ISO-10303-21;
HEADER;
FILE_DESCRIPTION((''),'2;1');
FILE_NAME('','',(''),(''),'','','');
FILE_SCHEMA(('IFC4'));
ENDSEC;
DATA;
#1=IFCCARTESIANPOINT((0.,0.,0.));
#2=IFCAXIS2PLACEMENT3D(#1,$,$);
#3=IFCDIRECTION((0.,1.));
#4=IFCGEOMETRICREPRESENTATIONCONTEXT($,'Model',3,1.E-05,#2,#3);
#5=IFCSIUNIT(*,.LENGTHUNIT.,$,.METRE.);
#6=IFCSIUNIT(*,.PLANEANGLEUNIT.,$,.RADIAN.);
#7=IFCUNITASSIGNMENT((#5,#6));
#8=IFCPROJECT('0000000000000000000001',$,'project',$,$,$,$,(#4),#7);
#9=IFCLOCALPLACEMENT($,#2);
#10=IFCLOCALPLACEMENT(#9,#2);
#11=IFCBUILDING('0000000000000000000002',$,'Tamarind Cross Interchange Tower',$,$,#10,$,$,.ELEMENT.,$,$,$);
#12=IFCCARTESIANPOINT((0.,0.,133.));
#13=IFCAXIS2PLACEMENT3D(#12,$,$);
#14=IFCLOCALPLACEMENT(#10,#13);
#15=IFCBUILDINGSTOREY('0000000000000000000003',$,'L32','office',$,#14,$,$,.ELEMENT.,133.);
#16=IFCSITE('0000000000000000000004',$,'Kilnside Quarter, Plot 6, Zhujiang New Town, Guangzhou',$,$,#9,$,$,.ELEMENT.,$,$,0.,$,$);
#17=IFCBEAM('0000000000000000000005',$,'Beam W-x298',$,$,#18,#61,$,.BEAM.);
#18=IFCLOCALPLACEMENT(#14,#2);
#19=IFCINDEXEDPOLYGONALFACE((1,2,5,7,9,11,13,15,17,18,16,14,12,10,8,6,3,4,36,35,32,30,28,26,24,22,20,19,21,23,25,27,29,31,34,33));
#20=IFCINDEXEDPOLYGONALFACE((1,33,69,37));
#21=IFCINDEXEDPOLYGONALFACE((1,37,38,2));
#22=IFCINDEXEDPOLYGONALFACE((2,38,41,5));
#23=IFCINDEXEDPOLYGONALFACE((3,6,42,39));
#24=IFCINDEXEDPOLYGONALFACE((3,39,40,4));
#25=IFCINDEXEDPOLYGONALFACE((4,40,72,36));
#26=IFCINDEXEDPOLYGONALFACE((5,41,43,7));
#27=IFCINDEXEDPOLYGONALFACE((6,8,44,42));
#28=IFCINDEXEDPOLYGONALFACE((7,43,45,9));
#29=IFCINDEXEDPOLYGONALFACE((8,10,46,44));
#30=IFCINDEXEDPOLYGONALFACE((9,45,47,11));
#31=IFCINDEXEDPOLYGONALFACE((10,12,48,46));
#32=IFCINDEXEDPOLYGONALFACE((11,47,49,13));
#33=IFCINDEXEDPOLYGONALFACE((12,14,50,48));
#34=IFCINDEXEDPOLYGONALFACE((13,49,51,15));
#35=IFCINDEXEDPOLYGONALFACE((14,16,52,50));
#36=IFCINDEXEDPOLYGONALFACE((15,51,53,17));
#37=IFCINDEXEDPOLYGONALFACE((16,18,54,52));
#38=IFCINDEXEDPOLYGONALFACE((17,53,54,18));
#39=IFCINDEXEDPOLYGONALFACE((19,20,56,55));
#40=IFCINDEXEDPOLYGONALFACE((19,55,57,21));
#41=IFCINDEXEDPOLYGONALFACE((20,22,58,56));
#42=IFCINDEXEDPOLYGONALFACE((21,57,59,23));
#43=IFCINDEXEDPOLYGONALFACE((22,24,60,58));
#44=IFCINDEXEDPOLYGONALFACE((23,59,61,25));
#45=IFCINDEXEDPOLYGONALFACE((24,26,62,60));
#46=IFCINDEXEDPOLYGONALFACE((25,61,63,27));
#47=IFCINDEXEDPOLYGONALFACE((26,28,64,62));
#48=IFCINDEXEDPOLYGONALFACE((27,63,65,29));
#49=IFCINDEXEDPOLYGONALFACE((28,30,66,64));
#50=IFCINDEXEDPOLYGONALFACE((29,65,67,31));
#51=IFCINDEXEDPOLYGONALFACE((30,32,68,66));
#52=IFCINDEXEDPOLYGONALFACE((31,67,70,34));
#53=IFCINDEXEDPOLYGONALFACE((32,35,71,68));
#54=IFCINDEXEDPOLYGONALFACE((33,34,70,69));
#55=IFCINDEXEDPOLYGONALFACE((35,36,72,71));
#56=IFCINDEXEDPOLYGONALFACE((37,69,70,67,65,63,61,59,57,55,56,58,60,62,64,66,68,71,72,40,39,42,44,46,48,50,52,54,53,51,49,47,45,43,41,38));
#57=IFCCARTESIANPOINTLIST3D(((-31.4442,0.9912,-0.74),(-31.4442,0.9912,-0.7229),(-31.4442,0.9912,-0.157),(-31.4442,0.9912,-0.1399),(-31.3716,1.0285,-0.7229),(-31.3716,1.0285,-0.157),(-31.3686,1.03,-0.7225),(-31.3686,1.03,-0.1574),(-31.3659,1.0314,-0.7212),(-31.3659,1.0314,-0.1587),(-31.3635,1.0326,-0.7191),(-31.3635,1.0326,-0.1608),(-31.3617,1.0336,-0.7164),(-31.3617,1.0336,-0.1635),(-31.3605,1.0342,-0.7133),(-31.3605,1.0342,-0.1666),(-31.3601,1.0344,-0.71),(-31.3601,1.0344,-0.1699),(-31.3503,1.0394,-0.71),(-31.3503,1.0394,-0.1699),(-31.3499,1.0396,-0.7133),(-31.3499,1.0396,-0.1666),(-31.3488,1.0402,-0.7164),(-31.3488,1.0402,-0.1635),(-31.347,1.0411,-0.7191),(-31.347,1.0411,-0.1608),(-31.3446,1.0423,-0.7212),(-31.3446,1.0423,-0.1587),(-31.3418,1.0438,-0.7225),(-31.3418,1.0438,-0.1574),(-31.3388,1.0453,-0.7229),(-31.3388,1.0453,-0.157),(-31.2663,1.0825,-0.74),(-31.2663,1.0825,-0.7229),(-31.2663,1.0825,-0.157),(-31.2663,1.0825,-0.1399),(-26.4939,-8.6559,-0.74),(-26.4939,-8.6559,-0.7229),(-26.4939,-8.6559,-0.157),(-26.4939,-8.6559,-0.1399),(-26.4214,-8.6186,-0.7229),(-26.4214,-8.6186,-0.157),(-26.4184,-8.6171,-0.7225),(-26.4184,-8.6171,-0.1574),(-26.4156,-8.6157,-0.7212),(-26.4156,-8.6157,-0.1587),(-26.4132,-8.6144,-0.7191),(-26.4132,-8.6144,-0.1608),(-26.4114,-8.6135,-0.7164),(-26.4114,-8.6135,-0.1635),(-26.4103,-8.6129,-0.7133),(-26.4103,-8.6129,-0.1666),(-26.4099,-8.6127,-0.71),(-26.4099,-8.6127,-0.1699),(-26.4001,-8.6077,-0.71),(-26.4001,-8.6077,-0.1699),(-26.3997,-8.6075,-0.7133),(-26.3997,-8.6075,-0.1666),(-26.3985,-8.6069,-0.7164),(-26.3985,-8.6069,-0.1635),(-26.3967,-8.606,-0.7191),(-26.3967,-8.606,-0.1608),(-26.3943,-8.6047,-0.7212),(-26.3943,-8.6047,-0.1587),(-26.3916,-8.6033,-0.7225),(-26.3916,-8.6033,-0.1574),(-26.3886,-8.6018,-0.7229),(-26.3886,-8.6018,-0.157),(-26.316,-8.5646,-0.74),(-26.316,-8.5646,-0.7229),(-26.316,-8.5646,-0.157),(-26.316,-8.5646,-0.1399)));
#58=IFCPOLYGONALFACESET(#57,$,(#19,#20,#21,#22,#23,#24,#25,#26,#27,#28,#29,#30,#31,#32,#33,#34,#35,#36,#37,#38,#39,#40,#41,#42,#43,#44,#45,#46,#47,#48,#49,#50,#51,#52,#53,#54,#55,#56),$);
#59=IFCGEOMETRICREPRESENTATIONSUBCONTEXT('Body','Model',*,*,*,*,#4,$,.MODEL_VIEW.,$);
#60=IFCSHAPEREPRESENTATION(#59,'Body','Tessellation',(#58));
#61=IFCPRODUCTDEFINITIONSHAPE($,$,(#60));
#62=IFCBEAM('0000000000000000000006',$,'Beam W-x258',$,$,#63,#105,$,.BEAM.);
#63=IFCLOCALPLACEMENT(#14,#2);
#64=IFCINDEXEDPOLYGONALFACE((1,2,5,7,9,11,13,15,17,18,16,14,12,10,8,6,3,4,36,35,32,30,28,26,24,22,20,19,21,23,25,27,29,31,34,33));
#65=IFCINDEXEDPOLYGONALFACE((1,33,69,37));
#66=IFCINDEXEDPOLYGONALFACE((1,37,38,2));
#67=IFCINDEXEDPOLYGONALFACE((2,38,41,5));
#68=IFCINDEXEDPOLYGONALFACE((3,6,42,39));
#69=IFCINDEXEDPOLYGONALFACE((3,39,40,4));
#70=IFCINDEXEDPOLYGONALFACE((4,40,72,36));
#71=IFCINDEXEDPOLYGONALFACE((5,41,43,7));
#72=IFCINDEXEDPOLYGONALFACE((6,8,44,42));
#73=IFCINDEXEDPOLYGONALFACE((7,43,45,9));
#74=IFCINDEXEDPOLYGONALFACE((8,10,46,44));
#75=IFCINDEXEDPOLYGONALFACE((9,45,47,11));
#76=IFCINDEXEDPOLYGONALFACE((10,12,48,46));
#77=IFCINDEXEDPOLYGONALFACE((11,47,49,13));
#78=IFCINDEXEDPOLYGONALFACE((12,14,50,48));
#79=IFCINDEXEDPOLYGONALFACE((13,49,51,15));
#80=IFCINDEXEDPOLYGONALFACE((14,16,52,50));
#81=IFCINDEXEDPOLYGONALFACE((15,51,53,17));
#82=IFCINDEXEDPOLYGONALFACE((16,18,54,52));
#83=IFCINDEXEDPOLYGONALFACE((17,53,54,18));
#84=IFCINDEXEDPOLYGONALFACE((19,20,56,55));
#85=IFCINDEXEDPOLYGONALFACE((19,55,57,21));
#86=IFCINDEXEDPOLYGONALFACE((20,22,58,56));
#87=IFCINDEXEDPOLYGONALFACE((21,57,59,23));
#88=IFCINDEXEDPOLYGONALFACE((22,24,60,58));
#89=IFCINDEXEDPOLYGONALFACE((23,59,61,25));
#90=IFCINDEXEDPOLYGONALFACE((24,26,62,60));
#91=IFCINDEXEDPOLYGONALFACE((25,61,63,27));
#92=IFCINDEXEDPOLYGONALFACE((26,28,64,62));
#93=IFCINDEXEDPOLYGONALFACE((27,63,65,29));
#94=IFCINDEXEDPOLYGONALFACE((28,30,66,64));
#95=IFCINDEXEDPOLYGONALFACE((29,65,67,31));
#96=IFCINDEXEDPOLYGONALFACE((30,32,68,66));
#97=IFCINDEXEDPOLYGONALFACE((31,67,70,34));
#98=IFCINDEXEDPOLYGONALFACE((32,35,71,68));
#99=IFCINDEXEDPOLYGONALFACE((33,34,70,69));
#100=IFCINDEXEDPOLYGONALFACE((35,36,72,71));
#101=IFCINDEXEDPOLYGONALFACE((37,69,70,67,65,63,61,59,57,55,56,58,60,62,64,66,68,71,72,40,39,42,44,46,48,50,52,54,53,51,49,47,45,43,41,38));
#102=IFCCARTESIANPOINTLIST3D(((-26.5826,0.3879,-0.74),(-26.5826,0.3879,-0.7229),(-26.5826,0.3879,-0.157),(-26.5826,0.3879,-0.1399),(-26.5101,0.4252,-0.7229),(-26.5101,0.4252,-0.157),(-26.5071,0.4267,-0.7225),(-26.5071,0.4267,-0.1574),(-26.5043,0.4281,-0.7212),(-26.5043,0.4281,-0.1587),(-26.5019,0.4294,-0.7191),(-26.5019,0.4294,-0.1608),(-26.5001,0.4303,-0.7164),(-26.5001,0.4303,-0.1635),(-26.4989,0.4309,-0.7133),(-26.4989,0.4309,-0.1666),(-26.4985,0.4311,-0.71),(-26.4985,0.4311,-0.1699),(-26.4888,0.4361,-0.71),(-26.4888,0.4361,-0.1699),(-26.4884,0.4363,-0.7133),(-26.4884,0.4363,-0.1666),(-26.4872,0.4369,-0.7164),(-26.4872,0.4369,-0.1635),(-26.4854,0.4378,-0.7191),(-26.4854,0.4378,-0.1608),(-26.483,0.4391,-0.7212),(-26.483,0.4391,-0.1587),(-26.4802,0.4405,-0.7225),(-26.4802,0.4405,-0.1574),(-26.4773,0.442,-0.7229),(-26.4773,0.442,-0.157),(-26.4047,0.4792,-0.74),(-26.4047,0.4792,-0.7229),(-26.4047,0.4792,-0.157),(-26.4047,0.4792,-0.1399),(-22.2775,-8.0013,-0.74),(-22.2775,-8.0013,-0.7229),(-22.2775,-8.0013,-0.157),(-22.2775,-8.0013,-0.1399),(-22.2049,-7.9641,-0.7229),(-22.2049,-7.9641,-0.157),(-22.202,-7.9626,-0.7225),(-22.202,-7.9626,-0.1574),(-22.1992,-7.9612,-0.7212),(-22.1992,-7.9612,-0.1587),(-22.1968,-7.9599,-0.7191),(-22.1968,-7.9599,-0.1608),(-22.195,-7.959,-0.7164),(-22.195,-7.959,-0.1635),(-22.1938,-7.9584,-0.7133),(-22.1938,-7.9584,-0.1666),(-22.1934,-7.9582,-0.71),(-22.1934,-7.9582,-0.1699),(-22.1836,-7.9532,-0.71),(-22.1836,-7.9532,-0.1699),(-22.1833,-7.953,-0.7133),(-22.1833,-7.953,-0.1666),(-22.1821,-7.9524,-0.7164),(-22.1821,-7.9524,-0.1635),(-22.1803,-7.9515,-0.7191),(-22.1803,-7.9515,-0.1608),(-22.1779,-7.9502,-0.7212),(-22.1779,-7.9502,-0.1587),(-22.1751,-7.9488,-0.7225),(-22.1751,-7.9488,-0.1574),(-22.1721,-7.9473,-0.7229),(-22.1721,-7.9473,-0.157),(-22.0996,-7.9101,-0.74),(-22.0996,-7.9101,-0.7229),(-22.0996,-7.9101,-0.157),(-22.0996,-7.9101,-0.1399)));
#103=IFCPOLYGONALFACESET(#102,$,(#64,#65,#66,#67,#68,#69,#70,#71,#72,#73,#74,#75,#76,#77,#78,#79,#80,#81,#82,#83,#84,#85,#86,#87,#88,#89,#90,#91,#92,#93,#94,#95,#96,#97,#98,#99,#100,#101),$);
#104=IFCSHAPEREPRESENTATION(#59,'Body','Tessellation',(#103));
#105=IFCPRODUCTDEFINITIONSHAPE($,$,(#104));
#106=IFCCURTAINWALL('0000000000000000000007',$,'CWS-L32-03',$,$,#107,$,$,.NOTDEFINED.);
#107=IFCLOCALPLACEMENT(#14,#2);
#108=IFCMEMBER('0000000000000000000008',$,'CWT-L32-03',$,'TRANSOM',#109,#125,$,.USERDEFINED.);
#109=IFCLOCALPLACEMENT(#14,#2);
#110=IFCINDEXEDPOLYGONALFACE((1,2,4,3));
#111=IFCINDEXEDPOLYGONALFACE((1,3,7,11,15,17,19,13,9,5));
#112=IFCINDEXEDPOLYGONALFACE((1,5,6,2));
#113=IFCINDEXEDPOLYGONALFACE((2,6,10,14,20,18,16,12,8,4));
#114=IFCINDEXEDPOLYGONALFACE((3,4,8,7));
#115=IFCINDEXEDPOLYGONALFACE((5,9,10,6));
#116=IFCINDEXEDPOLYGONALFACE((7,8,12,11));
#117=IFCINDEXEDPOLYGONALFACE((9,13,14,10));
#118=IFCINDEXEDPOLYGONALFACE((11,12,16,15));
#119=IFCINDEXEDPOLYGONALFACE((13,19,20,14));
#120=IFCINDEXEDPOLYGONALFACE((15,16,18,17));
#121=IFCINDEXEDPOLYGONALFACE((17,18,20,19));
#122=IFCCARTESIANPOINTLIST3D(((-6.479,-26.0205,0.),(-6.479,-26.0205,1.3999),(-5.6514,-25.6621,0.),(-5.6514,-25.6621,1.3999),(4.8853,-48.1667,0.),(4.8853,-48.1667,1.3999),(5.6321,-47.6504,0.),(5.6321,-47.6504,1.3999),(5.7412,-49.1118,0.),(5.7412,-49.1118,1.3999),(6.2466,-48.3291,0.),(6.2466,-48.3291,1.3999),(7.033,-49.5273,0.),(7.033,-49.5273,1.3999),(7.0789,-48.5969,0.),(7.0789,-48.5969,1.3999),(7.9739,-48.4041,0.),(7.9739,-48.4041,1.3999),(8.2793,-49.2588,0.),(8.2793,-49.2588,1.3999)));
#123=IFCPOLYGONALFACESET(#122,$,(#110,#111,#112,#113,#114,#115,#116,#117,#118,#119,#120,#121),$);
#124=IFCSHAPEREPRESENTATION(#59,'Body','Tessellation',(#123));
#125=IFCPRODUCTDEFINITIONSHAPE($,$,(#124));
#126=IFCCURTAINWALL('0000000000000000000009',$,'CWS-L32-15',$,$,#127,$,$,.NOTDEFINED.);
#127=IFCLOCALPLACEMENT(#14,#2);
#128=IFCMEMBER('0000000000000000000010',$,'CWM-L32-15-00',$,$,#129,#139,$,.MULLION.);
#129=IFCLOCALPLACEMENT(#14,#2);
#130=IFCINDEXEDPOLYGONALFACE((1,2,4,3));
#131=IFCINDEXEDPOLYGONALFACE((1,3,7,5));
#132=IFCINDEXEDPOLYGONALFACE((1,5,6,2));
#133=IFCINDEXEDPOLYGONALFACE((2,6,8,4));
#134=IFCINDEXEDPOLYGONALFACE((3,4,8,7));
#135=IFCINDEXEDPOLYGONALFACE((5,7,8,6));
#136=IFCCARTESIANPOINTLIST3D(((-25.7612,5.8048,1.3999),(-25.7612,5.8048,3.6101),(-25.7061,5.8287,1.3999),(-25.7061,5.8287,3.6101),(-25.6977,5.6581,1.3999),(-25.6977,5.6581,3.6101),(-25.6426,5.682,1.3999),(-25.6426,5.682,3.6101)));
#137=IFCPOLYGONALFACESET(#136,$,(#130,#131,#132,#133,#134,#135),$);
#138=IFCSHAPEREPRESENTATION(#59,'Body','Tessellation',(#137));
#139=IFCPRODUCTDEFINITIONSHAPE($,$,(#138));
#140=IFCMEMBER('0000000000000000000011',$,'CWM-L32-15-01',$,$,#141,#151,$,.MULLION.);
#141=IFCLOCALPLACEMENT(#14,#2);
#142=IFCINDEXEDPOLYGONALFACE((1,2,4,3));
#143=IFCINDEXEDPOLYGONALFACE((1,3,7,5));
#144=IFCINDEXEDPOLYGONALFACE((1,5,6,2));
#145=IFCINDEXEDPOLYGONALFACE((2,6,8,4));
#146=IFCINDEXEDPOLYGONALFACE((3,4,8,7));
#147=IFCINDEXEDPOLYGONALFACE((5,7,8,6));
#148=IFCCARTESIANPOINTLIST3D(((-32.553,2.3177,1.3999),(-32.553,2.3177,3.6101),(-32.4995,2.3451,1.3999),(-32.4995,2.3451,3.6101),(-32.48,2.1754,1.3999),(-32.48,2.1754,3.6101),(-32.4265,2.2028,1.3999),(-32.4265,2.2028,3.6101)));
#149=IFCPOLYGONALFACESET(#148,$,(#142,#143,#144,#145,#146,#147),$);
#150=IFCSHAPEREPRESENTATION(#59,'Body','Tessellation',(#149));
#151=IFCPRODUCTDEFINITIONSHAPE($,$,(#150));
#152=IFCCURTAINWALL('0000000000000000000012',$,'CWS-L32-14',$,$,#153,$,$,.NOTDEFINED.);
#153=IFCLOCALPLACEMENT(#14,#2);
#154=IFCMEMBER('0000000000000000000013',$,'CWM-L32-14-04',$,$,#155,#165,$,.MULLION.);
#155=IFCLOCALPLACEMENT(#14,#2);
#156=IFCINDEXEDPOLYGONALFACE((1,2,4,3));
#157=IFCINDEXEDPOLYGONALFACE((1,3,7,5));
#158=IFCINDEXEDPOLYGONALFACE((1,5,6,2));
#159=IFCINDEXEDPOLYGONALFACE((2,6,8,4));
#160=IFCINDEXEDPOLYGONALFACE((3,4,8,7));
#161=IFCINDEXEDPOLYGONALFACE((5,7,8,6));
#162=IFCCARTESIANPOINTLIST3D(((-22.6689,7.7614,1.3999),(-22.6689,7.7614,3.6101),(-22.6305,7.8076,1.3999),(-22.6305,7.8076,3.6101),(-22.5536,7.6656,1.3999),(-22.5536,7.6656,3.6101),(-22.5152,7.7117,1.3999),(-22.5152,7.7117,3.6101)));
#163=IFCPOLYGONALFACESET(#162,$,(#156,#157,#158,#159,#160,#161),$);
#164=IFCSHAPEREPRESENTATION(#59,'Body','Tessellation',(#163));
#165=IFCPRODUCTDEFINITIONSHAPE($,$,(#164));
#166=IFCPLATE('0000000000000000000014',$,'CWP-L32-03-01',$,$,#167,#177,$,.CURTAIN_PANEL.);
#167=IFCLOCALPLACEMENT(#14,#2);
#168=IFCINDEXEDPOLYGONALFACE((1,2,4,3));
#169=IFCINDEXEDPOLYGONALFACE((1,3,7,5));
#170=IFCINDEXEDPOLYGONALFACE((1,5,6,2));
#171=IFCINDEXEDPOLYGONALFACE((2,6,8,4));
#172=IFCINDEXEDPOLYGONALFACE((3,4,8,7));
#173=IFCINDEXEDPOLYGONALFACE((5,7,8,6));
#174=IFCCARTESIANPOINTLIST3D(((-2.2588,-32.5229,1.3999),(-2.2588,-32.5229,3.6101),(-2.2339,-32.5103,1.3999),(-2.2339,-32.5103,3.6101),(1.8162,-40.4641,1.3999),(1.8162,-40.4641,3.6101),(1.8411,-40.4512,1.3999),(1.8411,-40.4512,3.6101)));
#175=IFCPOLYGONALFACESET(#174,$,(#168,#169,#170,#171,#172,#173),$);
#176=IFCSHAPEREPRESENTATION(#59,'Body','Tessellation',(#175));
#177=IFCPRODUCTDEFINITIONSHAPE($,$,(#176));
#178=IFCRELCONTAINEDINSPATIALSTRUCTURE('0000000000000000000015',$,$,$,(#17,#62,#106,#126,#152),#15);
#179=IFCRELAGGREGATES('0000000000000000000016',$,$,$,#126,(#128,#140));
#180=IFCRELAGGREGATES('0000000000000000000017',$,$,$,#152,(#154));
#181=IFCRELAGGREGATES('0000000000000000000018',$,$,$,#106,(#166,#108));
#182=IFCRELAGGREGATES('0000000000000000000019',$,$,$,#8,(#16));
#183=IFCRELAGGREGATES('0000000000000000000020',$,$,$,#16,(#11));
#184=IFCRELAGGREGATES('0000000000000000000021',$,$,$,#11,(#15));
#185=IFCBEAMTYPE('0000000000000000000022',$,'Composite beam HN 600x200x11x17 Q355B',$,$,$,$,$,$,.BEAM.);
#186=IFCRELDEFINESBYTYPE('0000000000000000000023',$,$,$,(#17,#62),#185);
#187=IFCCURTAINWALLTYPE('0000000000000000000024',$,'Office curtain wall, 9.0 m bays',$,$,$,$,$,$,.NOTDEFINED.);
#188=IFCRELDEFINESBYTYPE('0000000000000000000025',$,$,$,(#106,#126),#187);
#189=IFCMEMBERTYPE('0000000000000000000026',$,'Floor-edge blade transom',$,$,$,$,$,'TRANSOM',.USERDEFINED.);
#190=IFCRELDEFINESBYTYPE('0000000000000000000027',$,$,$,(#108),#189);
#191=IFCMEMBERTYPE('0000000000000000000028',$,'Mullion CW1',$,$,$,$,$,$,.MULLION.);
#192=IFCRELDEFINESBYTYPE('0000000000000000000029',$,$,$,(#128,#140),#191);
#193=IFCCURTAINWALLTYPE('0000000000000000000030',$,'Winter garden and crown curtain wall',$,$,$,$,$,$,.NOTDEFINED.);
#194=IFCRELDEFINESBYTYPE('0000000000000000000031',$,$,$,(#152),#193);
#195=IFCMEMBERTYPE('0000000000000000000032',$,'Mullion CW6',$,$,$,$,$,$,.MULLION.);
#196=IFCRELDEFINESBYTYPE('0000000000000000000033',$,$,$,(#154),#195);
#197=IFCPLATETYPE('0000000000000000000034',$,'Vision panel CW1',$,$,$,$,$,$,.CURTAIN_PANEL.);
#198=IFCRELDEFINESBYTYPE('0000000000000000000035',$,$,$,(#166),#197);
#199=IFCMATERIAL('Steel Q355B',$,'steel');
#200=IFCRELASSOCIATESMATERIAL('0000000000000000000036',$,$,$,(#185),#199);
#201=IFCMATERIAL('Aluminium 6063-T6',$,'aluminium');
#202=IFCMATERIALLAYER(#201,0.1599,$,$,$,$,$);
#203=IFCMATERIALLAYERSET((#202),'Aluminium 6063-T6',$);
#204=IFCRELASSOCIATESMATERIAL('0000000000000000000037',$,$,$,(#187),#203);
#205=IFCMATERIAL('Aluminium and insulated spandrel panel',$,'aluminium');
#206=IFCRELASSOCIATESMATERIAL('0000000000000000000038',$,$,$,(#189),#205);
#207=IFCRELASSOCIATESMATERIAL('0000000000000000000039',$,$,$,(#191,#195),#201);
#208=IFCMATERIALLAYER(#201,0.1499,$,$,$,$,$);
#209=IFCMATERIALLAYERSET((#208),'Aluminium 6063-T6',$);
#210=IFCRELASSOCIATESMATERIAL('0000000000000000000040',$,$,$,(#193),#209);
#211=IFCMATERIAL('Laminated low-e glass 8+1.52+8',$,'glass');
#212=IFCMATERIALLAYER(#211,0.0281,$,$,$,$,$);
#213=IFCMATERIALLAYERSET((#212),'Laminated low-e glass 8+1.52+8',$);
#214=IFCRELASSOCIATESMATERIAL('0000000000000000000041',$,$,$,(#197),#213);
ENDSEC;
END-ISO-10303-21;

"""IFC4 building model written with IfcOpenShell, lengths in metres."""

from ifc_helpers import new_model, si_unit, direction, frame, origin, origin_2d, place, context, subcontext, project, spatial, polyline, rectangle, i_section, outline, extrude, material, layer, layer_set, material_profile, profile_set, type_object, element, aggregate, save


model = new_model("IFC4")

# Units and contexts
model_context = context("Model", 3, precision=1e-05, world=origin(), true_north=direction((0.0, 1.0)))
body_context = subcontext(model_context, "Body", "Model", "MODEL_VIEW")
ifc_project = project(units=[si_unit("LENGTHUNIT", "METRE"), si_unit("PLANEANGLEUNIT", "RADIAN")], contexts=[model_context])

# Site, building, storey
site_placement = place(None, origin())
site = spatial("IfcSite", under=ifc_project, at=site_placement, Name="Kilnside Quarter, Plot 6, Zhujiang New Town, Guangzhou", CompositionType="ELEMENT", RefElevation=0.0)
building_placement = place(site_placement, origin())
building = spatial("IfcBuilding", under=site, at=building_placement, Name="Tamarind Cross Interchange Tower", CompositionType="ELEMENT")
storey_placement = place(building_placement, frame((0.0, 0.0, 133.0)))
storey = spatial("IfcBuildingStorey", under=building, at=storey_placement, Name="L32", Description="office", CompositionType="ELEMENT", Elevation=133.0)

# Beams
ifc_material_1 = material(Name="Steel Q355B", Category="steel")
ifc_material_profile_1 = material_profile(ifc_material_1, i_section(OverallWidth=0.2, OverallDepth=0.6001, WebThickness=0.011, FlangeThickness=0.0171, FilletRadius=0.0129, at=origin_2d()), Name="HN 600x200x11x17")
ifc_profile_set_1 = profile_set([ifc_material_profile_1], Name="Steel Q355B")
beam_type_1 = type_object("IfcBeamType", Name="Composite beam HN 600x200x11x17 Q355B", PredefinedType="BEAM", material=ifc_profile_set_1)
beam_1_placement = place(storey_placement, frame((-31.3552, 1.0369, -0.4399), z_axis=(0.456538, -0.889704, 0.0), x_axis=(0.889704, 0.456538, 0.0)))
element("IfcBeam", 1, at=beam_1_placement, inside=storey, type_object=beam_type_1, Name="Beam W-x298", PredefinedType="BEAM", context=body_context, shape_type="SweptSolid", body=[
    extrude(i_section(OverallWidth=0.2, OverallDepth=0.6001, WebThickness=0.011, FlangeThickness=0.0171, FilletRadius=0.0129, at=origin_2d()), origin(), (0.0, 0.0, 1.0), 10.843),
])
beam_2_placement = place(storey_placement, frame((-26.4937, 0.4336, -0.4399), z_axis=(0.456562, -0.889692, 0.0), x_axis=(0.889692, 0.456562, 0.0)))
element("IfcBeam", 2, at=beam_2_placement, inside=storey, type_object=beam_type_1, Name="Beam W-x258", PredefinedType="BEAM", context=body_context, shape_type="SweptSolid", body=[
    extrude(i_section(OverallWidth=0.2, OverallDepth=0.6001, WebThickness=0.011, FlangeThickness=0.0171, FilletRadius=0.0129, at=origin_2d()), origin(), (0.0, 0.0, 1.0), 9.4294),
])

# Curtain wall, member
ifc_material_2 = material(Name="Aluminium 6063-T6", Category="aluminium")
ifc_layer_1 = layer(ifc_material_2, 0.1599)
ifc_layer_set_1 = layer_set([ifc_layer_1], Name="Aluminium 6063-T6")
curtain_wall_type_1 = type_object("IfcCurtainWallType", Name="Office curtain wall, 9.0 m bays", PredefinedType="NOTDEFINED", material=ifc_layer_set_1)
curtain_wall_1_placement = place(storey_placement, origin())
curtain_wall_1 = element("IfcCurtainWall", 3, at=curtain_wall_1_placement, inside=storey, type_object=curtain_wall_type_1, Name="CWS-L32-03", PredefinedType="NOTDEFINED")
ifc_material_3 = material(Name="Aluminium and insulated spandrel panel", Category="aluminium")
member_type_1 = type_object("IfcMemberType", Name="Floor-edge blade transom", ElementType="TRANSOM", PredefinedType="USERDEFINED", material=ifc_material_3)
member_1_placement = place(storey_placement, origin())
member_1 = element("IfcMember", 4, at=member_1_placement, type_object=member_type_1, Name="CWT-L32-03", ObjectType="TRANSOM", PredefinedType="USERDEFINED", context=body_context, shape_type="SweptSolid", body=[
    extrude(outline(polyline([(-5.6514, -25.6621), (5.6321, -47.6504), (6.2466, -48.3291), (7.0789, -48.5969), (7.9739, -48.4041), (8.2793, -49.2588), (7.033, -49.5273), (5.7412, -49.1118), (4.8853, -48.1667), (-6.479, -26.0205), (-5.6514, -25.6621)])), origin(), (0.0, 0.0, 1.0), 1.3999),
])

# Curtain wall, members
curtain_wall_2_placement = place(storey_placement, origin())
curtain_wall_2 = element("IfcCurtainWall", 5, at=curtain_wall_2_placement, inside=storey, type_object=curtain_wall_type_1, Name="CWS-L32-15", PredefinedType="NOTDEFINED")
ifc_material_profile_2 = material_profile(ifc_material_2, rectangle(XDim=0.0601, YDim=0.1599, at=origin_2d()), Name="Mullion CW1")
ifc_profile_set_2 = profile_set([ifc_material_profile_2], Name="Aluminium 6063-T6")
member_type_2 = type_object("IfcMemberType", Name="Mullion CW1", PredefinedType="MULLION", material=ifc_profile_set_2)
member_2_placement = place(storey_placement, frame((-25.7019, 5.7434, 1.3999), z_axis=(0.0, 0.0, 1.0), x_axis=(-0.917652, -0.397385, 0.0)))
member_2 = element("IfcMember", 6, at=member_2_placement, type_object=member_type_2, Name="CWM-L32-15-00", PredefinedType="MULLION", context=body_context, shape_type="SweptSolid", body=[
    extrude(rectangle(XDim=0.0601, YDim=0.1599, at=origin_2d()), origin(), (0.0, 0.0, 1.0), 2.2102),
])
member_3_placement = place(storey_placement, frame((-32.4897, 2.2603, 1.3999), z_axis=(0.0, 0.0, 1.0), x_axis=(-0.889697, -0.456551, 0.0)))
member_3 = element("IfcMember", 7, at=member_3_placement, type_object=member_type_2, Name="CWM-L32-15-01", PredefinedType="MULLION", context=body_context, shape_type="SweptSolid", body=[
    extrude(rectangle(XDim=0.0601, YDim=0.1599, at=origin_2d()), origin(), (0.0, 0.0, 1.0), 2.2102),
])
aggregate(curtain_wall_2, [member_2, member_3])

# Curtain wall, member
ifc_layer_2 = layer(ifc_material_2, 0.1499)
ifc_layer_set_2 = layer_set([ifc_layer_2], Name="Aluminium 6063-T6")
curtain_wall_type_2 = type_object("IfcCurtainWallType", Name="Winter garden and crown curtain wall", PredefinedType="NOTDEFINED", material=ifc_layer_set_2)
curtain_wall_3_placement = place(storey_placement, origin())
curtain_wall_3 = element("IfcCurtainWall", 8, at=curtain_wall_3_placement, inside=storey, type_object=curtain_wall_type_2, Name="CWS-L32-14", PredefinedType="NOTDEFINED")
ifc_material_profile_3 = material_profile(ifc_material_2, rectangle(XDim=0.0601, YDim=0.1499, at=origin_2d()), Name="Mullion CW6")
ifc_profile_set_3 = profile_set([ifc_material_profile_3], Name="Aluminium 6063-T6")
member_type_3 = type_object("IfcMemberType", Name="Mullion CW6", PredefinedType="MULLION", material=ifc_profile_set_3)
member_4_placement = place(storey_placement, frame((-22.592, 7.7366, 1.3999), z_axis=(0.0, 0.0, 1.0), x_axis=(-0.639426, -0.768853, 0.0)))
member_4 = element("IfcMember", 9, at=member_4_placement, type_object=member_type_3, Name="CWM-L32-14-04", PredefinedType="MULLION", context=body_context, shape_type="SweptSolid", body=[
    extrude(rectangle(XDim=0.0601, YDim=0.1499, at=origin_2d()), origin(), (0.0, 0.0, 1.0), 2.2102),
])
aggregate(curtain_wall_3, [member_4])

# Plate
ifc_material_4 = material(Name="Laminated low-e glass 8+1.52+8", Category="glass")
ifc_layer_3 = layer(ifc_material_4, 0.0281)
ifc_layer_set_3 = layer_set([ifc_layer_3], Name="Laminated low-e glass 8+1.52+8")
plate_type = type_object("IfcPlateType", Name="Vision panel CW1", PredefinedType="CURTAIN_PANEL", material=ifc_layer_set_3)
plate_1_placement = place(storey_placement, frame((0.0, 0.0, 1.3999)))
plate_1 = element("IfcPlate", 10, at=plate_1_placement, type_object=plate_type, Name="CWP-L32-03-01", PredefinedType="CURTAIN_PANEL", context=body_context, shape_type="SweptSolid", body=[
    extrude(outline(polyline([(-2.2339, -32.5103), (1.8411, -40.4512), (1.8162, -40.4641), (-2.2588, -32.5229), (-2.2339, -32.5103)])), origin(), (0.0, 0.0, 1.0), 2.2102),
])
aggregate(curtain_wall_1, [plate_1, member_1])

save(model, "model.ifc")
